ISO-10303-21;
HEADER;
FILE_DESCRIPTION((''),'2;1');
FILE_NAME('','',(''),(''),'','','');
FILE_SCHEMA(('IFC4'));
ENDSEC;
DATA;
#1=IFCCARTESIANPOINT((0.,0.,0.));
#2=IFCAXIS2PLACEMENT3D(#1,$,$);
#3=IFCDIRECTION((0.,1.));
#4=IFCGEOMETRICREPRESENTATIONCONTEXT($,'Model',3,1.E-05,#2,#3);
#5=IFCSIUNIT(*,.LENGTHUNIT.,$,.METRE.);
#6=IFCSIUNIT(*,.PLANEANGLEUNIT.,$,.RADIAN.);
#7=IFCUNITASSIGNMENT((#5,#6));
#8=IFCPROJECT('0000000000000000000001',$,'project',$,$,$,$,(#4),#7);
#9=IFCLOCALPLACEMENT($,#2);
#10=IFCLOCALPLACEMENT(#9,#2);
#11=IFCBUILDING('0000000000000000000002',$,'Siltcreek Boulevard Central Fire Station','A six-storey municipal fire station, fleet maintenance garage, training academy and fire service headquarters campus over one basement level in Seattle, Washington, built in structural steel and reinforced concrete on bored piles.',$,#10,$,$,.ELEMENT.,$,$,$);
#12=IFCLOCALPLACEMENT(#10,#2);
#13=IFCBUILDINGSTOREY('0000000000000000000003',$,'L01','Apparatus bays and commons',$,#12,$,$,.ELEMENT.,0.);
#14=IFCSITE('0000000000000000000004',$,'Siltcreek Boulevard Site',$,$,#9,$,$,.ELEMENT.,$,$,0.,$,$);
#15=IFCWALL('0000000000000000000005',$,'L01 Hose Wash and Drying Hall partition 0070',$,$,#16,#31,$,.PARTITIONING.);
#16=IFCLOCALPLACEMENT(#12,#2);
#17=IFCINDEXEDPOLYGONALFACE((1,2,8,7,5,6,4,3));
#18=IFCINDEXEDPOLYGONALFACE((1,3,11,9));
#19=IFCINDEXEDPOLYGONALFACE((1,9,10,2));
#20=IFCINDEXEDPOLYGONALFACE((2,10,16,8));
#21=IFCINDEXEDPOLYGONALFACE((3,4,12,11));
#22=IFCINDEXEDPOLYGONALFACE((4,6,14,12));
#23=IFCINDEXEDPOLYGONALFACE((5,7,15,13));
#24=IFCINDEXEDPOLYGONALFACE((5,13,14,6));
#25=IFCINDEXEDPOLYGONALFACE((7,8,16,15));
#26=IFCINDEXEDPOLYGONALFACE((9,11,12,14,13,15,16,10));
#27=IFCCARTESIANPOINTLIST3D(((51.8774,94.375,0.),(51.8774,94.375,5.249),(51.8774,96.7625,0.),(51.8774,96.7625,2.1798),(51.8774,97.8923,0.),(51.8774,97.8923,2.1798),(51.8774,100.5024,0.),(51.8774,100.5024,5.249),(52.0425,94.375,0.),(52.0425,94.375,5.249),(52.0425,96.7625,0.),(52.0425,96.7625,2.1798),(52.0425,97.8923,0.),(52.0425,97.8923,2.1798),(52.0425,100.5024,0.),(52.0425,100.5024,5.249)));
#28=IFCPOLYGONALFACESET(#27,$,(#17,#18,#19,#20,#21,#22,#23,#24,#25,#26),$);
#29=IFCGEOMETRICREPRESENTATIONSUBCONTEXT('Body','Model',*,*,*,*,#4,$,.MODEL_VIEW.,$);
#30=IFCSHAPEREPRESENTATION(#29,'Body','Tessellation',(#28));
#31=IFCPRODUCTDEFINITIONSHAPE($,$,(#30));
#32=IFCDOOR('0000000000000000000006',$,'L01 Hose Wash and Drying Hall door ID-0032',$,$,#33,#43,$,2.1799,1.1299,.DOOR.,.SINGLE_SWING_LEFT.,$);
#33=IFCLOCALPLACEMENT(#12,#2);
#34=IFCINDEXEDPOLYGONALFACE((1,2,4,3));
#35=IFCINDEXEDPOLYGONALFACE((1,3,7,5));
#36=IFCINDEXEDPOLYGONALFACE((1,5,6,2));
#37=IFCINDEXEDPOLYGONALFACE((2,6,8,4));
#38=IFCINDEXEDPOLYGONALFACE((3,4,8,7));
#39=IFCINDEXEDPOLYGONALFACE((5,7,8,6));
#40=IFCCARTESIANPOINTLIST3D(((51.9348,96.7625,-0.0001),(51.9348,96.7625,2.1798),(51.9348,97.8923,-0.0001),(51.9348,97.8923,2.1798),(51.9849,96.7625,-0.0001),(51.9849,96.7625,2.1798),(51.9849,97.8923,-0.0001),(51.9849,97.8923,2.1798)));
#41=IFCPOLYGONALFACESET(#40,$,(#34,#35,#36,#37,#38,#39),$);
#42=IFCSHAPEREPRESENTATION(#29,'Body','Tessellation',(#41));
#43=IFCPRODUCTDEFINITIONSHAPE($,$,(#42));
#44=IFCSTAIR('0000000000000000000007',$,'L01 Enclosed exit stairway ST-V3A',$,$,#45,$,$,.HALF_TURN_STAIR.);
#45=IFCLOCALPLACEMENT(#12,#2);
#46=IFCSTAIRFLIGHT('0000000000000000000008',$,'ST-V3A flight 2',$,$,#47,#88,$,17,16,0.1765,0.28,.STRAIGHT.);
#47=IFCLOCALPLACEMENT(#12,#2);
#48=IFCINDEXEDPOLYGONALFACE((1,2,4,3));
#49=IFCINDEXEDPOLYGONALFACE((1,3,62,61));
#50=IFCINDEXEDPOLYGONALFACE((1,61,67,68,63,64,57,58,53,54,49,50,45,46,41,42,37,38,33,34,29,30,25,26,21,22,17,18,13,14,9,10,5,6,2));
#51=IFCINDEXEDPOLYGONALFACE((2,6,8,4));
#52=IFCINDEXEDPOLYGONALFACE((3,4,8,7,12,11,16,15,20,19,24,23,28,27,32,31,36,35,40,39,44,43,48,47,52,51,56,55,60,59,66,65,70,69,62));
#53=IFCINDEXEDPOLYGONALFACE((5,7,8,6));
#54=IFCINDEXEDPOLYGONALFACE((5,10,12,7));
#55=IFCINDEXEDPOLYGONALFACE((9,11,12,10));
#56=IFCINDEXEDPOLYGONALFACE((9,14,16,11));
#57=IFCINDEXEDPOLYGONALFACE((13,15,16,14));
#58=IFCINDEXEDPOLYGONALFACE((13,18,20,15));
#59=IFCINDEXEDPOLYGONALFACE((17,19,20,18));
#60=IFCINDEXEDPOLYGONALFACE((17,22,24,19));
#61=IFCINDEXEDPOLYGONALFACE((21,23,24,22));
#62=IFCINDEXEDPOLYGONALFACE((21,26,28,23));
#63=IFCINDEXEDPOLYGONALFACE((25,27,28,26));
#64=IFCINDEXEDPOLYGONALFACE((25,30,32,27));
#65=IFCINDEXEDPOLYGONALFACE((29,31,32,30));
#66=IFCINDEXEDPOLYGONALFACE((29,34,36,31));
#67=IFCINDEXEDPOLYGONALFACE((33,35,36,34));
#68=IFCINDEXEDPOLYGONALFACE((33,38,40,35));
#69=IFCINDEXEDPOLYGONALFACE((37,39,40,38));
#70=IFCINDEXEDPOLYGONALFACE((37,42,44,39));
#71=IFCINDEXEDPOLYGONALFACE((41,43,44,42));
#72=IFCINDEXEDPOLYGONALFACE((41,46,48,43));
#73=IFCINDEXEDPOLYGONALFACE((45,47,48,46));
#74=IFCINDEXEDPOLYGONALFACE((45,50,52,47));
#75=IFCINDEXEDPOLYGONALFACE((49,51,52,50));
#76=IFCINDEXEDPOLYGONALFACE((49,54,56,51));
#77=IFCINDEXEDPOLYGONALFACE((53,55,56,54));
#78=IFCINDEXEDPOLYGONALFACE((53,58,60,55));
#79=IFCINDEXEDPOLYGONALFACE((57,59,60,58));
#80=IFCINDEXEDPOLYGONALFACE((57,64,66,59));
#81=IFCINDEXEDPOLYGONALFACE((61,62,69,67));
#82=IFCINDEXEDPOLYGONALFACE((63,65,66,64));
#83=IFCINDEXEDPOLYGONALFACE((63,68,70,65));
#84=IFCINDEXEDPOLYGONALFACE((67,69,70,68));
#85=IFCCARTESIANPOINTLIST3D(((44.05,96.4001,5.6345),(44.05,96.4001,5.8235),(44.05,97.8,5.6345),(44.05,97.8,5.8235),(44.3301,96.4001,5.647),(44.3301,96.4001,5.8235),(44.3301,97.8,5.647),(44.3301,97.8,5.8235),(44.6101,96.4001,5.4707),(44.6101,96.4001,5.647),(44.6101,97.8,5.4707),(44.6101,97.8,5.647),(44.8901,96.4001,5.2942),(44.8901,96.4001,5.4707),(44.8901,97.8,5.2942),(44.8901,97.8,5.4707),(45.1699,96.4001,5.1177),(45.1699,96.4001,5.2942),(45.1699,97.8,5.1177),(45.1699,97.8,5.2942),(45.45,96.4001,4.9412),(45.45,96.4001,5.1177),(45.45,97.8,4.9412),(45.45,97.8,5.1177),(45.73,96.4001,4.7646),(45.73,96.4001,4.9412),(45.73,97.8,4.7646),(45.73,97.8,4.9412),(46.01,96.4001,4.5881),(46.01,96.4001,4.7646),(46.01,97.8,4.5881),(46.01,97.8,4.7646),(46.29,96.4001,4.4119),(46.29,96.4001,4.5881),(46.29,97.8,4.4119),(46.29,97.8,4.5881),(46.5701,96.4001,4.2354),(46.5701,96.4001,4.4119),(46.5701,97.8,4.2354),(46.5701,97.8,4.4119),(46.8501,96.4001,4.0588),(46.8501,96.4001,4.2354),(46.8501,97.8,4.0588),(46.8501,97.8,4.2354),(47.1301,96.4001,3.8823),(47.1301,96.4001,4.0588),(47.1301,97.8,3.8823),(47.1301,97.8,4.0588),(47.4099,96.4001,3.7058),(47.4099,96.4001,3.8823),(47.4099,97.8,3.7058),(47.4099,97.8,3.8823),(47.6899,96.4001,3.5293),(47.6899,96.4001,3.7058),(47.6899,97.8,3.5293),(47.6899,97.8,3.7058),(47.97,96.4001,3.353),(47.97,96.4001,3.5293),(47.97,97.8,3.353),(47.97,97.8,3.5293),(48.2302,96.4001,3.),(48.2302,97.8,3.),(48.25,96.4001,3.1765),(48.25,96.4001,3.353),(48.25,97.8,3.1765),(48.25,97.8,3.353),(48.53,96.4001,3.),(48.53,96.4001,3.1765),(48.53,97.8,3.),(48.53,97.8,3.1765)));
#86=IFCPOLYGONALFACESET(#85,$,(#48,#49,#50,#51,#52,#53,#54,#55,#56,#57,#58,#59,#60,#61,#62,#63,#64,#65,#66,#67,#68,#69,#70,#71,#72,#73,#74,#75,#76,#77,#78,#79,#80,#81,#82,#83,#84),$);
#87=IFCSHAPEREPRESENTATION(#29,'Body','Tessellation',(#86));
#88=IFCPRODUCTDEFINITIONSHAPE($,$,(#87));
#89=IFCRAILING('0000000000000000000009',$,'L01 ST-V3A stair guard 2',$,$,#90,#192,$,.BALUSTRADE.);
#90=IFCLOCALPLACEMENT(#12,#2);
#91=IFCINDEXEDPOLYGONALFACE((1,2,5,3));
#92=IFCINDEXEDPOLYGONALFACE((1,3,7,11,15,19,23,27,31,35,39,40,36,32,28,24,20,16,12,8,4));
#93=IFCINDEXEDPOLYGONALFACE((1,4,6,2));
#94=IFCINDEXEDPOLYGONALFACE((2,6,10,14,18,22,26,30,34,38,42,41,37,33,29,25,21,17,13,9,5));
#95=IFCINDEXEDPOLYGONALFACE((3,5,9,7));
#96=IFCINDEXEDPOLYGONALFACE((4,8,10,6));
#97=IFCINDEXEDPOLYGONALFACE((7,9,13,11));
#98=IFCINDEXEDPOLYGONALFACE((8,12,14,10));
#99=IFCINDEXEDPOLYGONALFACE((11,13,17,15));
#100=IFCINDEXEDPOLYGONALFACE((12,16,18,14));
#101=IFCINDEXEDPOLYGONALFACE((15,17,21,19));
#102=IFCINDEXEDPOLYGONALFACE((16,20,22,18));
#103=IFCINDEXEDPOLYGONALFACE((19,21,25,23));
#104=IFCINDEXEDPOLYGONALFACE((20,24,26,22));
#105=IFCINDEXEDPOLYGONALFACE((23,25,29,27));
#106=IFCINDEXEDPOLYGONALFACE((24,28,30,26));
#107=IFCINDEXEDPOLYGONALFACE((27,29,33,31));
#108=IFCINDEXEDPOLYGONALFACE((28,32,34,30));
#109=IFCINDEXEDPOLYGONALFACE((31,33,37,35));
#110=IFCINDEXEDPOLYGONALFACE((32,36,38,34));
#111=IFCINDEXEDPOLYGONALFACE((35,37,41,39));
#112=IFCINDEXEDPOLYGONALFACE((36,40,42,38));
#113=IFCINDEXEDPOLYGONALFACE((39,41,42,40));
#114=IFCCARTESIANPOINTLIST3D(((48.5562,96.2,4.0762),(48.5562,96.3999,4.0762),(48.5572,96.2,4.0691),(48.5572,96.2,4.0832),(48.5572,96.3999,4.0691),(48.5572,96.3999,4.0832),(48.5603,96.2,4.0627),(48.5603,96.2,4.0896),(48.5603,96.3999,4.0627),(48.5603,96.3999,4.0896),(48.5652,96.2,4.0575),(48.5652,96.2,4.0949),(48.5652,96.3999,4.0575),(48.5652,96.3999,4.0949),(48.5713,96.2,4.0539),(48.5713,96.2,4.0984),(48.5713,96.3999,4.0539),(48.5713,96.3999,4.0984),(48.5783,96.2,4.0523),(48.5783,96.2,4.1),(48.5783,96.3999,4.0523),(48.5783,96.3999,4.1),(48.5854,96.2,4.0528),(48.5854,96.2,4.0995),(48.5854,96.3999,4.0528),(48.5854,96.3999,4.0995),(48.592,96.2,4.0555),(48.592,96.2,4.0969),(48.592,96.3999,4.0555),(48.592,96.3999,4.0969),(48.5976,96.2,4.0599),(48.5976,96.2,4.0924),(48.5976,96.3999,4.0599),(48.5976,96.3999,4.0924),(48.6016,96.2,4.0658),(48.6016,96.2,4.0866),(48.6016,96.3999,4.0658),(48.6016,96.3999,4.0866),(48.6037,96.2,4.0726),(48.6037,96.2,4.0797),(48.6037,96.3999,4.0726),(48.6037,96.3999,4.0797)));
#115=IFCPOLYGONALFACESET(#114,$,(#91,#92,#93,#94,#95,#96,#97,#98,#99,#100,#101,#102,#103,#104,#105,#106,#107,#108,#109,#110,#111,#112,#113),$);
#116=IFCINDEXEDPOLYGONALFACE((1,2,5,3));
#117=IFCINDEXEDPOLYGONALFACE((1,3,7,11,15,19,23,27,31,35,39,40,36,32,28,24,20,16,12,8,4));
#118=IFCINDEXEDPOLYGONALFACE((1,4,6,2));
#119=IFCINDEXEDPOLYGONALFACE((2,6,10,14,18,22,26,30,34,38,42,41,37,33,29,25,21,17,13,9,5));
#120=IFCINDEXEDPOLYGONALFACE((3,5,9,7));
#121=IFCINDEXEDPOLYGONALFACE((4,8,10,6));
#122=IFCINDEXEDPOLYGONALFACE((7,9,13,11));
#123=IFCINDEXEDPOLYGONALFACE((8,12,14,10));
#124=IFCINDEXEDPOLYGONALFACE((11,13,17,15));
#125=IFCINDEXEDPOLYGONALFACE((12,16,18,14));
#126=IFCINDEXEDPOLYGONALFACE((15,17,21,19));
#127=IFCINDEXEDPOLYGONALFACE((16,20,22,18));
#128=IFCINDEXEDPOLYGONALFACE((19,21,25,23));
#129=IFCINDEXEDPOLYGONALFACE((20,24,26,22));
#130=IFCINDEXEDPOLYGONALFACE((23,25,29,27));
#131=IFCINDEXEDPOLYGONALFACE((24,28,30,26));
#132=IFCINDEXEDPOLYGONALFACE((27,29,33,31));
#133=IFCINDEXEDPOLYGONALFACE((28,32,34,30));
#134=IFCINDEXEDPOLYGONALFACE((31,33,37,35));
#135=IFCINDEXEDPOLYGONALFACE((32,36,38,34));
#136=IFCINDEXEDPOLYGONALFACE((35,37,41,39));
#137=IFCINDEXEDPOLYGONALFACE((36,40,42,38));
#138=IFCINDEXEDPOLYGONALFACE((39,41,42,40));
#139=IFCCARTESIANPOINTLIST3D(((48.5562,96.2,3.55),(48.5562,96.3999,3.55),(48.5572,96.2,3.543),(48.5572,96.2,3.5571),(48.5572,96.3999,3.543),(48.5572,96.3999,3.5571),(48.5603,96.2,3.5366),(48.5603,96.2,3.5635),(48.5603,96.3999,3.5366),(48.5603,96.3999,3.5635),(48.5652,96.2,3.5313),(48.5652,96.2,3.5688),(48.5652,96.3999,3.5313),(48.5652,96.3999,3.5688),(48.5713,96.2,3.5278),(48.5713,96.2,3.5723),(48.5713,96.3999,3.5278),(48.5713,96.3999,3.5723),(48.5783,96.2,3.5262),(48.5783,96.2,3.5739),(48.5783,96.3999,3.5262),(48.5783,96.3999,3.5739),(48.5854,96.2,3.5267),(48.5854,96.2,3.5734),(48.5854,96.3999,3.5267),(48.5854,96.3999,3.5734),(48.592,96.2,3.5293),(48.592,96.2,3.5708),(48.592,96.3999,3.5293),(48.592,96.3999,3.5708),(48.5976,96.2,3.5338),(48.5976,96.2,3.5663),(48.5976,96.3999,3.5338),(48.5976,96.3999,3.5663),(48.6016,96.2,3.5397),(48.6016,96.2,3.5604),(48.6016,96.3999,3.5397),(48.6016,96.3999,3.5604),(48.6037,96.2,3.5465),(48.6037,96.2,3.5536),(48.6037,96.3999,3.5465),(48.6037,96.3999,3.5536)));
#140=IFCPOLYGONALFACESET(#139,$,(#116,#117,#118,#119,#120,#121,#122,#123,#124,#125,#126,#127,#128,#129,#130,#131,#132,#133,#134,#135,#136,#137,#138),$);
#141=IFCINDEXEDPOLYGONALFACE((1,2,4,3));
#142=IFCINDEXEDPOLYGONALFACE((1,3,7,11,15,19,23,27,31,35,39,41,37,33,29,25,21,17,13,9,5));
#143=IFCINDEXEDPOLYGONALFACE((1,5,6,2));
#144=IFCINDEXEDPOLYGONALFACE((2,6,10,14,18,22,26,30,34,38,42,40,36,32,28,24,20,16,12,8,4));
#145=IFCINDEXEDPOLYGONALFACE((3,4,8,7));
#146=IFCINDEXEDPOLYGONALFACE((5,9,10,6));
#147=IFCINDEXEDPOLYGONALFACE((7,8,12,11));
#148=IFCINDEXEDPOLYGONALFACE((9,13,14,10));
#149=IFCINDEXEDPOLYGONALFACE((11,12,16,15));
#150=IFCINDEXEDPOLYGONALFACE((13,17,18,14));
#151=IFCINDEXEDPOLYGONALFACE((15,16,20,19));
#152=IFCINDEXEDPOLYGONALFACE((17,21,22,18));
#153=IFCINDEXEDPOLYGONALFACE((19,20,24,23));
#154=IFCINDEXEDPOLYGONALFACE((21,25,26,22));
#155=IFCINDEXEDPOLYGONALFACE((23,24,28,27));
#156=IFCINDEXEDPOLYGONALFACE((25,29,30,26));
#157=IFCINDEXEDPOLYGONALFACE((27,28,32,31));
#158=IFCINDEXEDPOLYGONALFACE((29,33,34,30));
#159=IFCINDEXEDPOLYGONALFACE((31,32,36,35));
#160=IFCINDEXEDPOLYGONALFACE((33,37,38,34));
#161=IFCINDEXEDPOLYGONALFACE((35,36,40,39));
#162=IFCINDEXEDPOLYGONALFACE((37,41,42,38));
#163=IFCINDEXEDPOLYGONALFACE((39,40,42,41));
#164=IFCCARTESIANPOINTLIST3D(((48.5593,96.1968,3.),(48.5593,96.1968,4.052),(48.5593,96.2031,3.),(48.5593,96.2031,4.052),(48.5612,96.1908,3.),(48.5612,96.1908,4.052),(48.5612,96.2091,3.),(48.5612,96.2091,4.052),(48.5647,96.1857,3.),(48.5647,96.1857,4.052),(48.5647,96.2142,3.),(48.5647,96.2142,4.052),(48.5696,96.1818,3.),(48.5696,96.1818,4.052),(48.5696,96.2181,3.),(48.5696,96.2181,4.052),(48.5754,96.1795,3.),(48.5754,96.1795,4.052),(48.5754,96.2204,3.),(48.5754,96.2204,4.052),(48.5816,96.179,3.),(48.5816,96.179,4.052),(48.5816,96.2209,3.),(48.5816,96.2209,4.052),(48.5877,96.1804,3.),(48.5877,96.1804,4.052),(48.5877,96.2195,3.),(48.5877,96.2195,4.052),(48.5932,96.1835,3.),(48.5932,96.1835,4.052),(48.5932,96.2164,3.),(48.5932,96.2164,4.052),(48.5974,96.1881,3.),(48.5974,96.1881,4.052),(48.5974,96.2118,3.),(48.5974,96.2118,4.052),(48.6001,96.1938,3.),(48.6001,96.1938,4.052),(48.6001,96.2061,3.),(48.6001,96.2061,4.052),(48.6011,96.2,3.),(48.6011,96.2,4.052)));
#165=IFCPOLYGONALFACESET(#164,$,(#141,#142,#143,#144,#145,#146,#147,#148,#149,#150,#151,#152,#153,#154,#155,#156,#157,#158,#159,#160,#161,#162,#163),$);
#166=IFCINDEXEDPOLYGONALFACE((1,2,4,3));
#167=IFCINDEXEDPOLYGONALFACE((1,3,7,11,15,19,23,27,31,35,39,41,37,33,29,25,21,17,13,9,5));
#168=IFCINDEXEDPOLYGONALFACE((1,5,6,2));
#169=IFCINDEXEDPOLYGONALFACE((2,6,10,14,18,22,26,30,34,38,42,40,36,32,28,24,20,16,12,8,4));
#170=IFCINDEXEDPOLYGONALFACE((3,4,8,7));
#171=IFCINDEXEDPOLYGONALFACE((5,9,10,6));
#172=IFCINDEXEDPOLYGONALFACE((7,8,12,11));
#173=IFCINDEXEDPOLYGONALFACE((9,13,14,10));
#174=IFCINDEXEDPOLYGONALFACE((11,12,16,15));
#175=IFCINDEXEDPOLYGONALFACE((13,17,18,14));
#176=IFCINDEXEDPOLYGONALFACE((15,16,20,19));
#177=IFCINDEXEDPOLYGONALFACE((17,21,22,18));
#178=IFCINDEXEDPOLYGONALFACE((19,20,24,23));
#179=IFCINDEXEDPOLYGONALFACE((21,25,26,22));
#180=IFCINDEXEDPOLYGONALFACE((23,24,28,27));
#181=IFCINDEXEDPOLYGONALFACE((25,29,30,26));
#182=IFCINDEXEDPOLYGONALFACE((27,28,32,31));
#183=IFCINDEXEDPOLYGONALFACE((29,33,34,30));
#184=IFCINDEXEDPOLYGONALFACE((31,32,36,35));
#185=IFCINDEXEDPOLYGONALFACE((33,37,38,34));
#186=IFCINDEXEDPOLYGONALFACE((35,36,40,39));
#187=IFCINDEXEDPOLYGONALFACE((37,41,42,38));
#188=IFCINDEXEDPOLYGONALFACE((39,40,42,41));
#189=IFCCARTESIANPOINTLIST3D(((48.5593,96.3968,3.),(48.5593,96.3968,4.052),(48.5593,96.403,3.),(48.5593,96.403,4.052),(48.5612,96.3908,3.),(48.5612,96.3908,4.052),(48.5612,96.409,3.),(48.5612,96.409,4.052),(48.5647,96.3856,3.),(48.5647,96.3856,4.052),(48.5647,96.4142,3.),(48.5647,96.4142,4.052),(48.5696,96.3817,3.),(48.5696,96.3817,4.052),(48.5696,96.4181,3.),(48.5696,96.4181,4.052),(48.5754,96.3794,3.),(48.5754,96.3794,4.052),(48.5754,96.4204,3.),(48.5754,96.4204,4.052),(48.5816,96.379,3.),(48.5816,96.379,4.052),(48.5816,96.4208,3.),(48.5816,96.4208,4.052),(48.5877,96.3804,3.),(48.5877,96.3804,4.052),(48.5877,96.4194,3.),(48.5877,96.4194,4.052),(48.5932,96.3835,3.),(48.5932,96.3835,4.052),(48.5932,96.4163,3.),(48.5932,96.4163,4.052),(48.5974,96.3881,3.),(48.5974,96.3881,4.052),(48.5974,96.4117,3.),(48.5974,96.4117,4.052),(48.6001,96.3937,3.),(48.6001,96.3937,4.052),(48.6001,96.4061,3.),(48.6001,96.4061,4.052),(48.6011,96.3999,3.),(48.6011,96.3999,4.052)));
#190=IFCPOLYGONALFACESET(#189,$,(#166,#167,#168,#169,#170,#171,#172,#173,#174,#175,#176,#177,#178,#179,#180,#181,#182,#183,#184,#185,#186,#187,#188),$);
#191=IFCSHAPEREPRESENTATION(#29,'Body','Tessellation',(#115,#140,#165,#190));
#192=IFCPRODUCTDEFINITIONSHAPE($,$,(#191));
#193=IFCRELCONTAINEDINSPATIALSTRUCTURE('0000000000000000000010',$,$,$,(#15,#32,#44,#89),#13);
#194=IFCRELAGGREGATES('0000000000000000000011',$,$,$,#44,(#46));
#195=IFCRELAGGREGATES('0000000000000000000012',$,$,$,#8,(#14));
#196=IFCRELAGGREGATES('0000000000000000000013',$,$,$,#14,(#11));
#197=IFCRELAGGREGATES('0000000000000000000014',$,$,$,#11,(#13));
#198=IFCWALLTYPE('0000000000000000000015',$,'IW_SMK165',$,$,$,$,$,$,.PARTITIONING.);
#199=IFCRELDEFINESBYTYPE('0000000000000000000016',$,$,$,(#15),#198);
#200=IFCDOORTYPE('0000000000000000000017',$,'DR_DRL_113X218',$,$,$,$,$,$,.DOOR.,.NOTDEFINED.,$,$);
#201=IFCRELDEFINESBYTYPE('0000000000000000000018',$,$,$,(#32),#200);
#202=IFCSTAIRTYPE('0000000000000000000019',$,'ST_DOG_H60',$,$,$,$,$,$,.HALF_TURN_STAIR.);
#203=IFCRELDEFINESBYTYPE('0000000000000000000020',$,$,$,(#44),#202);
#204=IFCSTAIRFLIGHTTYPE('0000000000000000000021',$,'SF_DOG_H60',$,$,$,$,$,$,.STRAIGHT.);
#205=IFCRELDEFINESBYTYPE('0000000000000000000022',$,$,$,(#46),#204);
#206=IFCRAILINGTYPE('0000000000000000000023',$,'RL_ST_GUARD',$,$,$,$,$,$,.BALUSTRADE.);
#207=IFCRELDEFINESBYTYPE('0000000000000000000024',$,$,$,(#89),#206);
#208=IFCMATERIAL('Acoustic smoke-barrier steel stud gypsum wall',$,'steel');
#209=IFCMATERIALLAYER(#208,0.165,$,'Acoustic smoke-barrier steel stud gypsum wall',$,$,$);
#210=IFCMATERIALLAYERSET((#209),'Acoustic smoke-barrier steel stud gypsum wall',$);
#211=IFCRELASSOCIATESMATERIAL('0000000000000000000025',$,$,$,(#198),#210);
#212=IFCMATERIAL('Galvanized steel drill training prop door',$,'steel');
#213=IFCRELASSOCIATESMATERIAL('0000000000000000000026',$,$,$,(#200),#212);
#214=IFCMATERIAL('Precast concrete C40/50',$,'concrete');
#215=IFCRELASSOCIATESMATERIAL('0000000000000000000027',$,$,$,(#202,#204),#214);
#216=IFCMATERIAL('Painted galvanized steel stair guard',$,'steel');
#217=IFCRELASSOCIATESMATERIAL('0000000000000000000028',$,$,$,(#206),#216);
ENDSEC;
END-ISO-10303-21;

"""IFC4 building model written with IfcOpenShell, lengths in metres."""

from ifc_helpers import new_model, si_unit, direction, frame, frame_2d, origin, origin_2d, place, context, subcontext, project, spatial, polyline, rectangle, circle, outline, extrude, material, layer, layer_set, type_object, element, fill, aggregate, save


model = new_model("IFC4")

# Units and contexts
model_context = context("Model", 3, precision=1e-05, world=origin(), true_north=direction((0.0, 1.0)))
body_context = subcontext(model_context, "Body", "Model", "MODEL_VIEW")
ifc_project = project(units=[si_unit("LENGTHUNIT", "METRE"), si_unit("PLANEANGLEUNIT", "RADIAN")], contexts=[model_context])

# Site, building, storey
site_placement = place(None, origin())
site = spatial("IfcSite", under=ifc_project, at=site_placement, Name="Siltcreek Boulevard Site", CompositionType="ELEMENT", RefElevation=0.0)
building_placement = place(site_placement, origin())
building = spatial("IfcBuilding", under=site, at=building_placement, Name="Siltcreek Boulevard Central Fire Station", Description="A six-storey municipal fire station, fleet maintenance garage, training academy and fire service headquarters campus over one basement level in Seattle, Washington, built in structural steel and reinforced concrete on bored piles.", CompositionType="ELEMENT")
storey_placement = place(building_placement, origin())
storey = spatial("IfcBuildingStorey", under=building, at=storey_placement, Name="L01", Description="Apparatus bays and commons", CompositionType="ELEMENT", Elevation=0.0)

# Shared definitions
ifc_material_1 = material(Name="Acoustic smoke-barrier steel stud gypsum wall", Category="steel")
ifc_layer_1 = layer(ifc_material_1, 0.165, Name="Acoustic smoke-barrier steel stud gypsum wall")
ifc_layer_set_1 = layer_set([ifc_layer_1], Name="Acoustic smoke-barrier steel stud gypsum wall")
wall_type_1 = type_object("IfcWallType", Name="IW_SMK165", PredefinedType="PARTITIONING", material=ifc_layer_set_1)

# Wall, opening, door
wall_1_placement = place(storey_placement, frame((51.96, 94.375, 0.0), z_axis=(0.0, 0.0, 1.0), x_axis=(0.0, 1.0, 0.0)))
wall_1 = element("IfcWall", 1, at=wall_1_placement, inside=storey, type_object=wall_type_1, Name="L01 Hose Wash and Drying Hall partition 0070", PredefinedType="PARTITIONING", context=body_context, shape_type="SweptSolid", body=[
    extrude(rectangle(XDim=6.1274, YDim=0.165, at=frame_2d((3.0637, 0.0))), origin(), (0.0, 0.0, 1.0), 5.249),
])
opening_1_placement = place(wall_1_placement, frame((2.3875, 0.0, 0.0)))
opening_1 = element("IfcOpeningElement", 2, at=opening_1_placement, cuts=wall_1, PredefinedType="OPENING", context=body_context, shape_type="SweptSolid", body=[
    extrude(rectangle(XDim=1.1299, YDim=2.1799, at=frame_2d((0.5649, 1.0898))), frame((0.0, 0.0925, 0.0), z_axis=(0.0, -1.0, 0.0), x_axis=(1.0, 0.0, 0.0)), (0.0, 0.0, 1.0), 0.1851),
])
ifc_material_2 = material(Name="Galvanized steel drill training prop door", Category="steel")
door_type_1 = type_object("IfcDoorType", Name="DR_DRL_113X218", OperationType="NOTDEFINED", PredefinedType="DOOR", material=ifc_material_2)
door_1_placement = place(opening_1_placement, frame((1.1299, 0.0, 0.0), z_axis=(0.0, 0.0, 1.0), x_axis=(-1.0, 0.0, 0.0)))
door_1 = element("IfcDoor", 3, at=door_1_placement, inside=storey, type_object=door_type_1, Name="L01 Hose Wash and Drying Hall door ID-0032", OperationType="SINGLE_SWING_LEFT", OverallHeight=2.1799, OverallWidth=1.1299, PredefinedType="DOOR", context=body_context, shape_type="SweptSolid", body=[
    extrude(rectangle(XDim=1.1299, YDim=2.1799, at=frame_2d((0.5649, 1.0898))), frame((0.0, 0.0249, 0.0), z_axis=(0.0, -1.0, 0.0), x_axis=(1.0, 0.0, 0.0)), (0.0, 0.0, 1.0), 0.05),
])
fill(opening_1, door_1)

# Stair, stair flight
ifc_material_3 = material(Name="Precast concrete C40/50", Category="concrete")
stair_type = type_object("IfcStairType", Name="ST_DOG_H60", PredefinedType="HALF_TURN_STAIR", material=ifc_material_3)
stair_placement = place(storey_placement, origin())
stair = element("IfcStair", 4, at=stair_placement, inside=storey, type_object=stair_type, Name="L01 Enclosed exit stairway ST-V3A", PredefinedType="HALF_TURN_STAIR")
stair_flight_type = type_object("IfcStairFlightType", Name="SF_DOG_H60", PredefinedType="STRAIGHT", material=ifc_material_3)
stair_flight_placement = place(storey_placement, frame((48.53, 97.1001, 3.0), z_axis=(0.0, 0.0, 1.0), x_axis=(-1.0, 0.0, 0.0)))
stair_flight = element("IfcStairFlight", 5, at=stair_flight_placement, type_object=stair_flight_type, Name="ST-V3A flight 2", NumberOfRisers=17, NumberOfTreads=16, PredefinedType="STRAIGHT", RiserHeight=0.1765, TreadLength=0.28, context=body_context, shape_type="SweptSolid", body=[
    extrude(outline(polyline([(0.0, 0.0), (0.0, 0.1765), (0.28, 0.1765), (0.28, 0.353), (0.5601, 0.353), (0.5601, 0.5293), (0.8401, 0.5293), (0.8401, 0.7058), (1.1201, 0.7058), (1.1201, 0.8823), (1.3999, 0.8823), (1.3999, 1.0588), (1.6799, 1.0588), (1.6799, 1.2354), (1.96, 1.2354), (1.96, 1.4119), (2.24, 1.4119), (2.24, 1.5881), (2.52, 1.5881), (2.52, 1.7646), (2.8, 1.7646), (2.8, 1.9412), (3.0801, 1.9412), (3.0801, 2.1177), (3.3601, 2.1177), (3.3601, 2.2942), (3.6399, 2.2942), (3.6399, 2.4707), (3.9199, 2.4707), (3.9199, 2.647), (4.2, 2.647), (4.2, 2.8235), (4.48, 2.8235), (4.48, 3.0), (4.48, 2.6345), (0.2998, 0.0), (0.0, 0.0)])), frame((0.0, 0.7, 0.0), z_axis=(0.0, -1.0, 0.0), x_axis=(1.0, 0.0, 0.0)), (0.0, 0.0, 1.0), 1.3999),
])
aggregate(stair, [stair_flight])

# Railing
ifc_material_4 = material(Name="Painted galvanized steel stair guard", Category="steel")
railing_type_1 = type_object("IfcRailingType", Name="RL_ST_GUARD", PredefinedType="BALUSTRADE", material=ifc_material_4)
railing_1_placement = place(storey_placement, frame((48.5801, 96.2, 3.0)))
element("IfcRailing", 6, at=railing_1_placement, inside=storey, type_object=railing_type_1, Name="L01 ST-V3A stair guard 2", PredefinedType="BALUSTRADE", context=body_context, shape_type="SweptSolid", body=[
    extrude(circle(Radius=0.0239, at=origin_2d()), frame((0.0, 0.0, 1.0762), z_axis=(0.0, 1.0, 0.0), x_axis=(-1.0, 0.0, 0.0)), (0.0, 0.0, 1.0), 0.2),
    extrude(circle(Radius=0.0239, at=origin_2d()), frame((0.0, 0.0, 0.55), z_axis=(0.0, 1.0, 0.0), x_axis=(-1.0, 0.0, 0.0)), (0.0, 0.0, 1.0), 0.2),
    extrude(circle(Radius=0.021, at=origin_2d()), origin(), (0.0, 0.0, 1.0), 1.052),
    extrude(circle(Radius=0.021, at=origin_2d()), frame((0.0, 0.2, 0.0)), (0.0, 0.0, 1.0), 1.052),
])

save(model, "model.ifc")
